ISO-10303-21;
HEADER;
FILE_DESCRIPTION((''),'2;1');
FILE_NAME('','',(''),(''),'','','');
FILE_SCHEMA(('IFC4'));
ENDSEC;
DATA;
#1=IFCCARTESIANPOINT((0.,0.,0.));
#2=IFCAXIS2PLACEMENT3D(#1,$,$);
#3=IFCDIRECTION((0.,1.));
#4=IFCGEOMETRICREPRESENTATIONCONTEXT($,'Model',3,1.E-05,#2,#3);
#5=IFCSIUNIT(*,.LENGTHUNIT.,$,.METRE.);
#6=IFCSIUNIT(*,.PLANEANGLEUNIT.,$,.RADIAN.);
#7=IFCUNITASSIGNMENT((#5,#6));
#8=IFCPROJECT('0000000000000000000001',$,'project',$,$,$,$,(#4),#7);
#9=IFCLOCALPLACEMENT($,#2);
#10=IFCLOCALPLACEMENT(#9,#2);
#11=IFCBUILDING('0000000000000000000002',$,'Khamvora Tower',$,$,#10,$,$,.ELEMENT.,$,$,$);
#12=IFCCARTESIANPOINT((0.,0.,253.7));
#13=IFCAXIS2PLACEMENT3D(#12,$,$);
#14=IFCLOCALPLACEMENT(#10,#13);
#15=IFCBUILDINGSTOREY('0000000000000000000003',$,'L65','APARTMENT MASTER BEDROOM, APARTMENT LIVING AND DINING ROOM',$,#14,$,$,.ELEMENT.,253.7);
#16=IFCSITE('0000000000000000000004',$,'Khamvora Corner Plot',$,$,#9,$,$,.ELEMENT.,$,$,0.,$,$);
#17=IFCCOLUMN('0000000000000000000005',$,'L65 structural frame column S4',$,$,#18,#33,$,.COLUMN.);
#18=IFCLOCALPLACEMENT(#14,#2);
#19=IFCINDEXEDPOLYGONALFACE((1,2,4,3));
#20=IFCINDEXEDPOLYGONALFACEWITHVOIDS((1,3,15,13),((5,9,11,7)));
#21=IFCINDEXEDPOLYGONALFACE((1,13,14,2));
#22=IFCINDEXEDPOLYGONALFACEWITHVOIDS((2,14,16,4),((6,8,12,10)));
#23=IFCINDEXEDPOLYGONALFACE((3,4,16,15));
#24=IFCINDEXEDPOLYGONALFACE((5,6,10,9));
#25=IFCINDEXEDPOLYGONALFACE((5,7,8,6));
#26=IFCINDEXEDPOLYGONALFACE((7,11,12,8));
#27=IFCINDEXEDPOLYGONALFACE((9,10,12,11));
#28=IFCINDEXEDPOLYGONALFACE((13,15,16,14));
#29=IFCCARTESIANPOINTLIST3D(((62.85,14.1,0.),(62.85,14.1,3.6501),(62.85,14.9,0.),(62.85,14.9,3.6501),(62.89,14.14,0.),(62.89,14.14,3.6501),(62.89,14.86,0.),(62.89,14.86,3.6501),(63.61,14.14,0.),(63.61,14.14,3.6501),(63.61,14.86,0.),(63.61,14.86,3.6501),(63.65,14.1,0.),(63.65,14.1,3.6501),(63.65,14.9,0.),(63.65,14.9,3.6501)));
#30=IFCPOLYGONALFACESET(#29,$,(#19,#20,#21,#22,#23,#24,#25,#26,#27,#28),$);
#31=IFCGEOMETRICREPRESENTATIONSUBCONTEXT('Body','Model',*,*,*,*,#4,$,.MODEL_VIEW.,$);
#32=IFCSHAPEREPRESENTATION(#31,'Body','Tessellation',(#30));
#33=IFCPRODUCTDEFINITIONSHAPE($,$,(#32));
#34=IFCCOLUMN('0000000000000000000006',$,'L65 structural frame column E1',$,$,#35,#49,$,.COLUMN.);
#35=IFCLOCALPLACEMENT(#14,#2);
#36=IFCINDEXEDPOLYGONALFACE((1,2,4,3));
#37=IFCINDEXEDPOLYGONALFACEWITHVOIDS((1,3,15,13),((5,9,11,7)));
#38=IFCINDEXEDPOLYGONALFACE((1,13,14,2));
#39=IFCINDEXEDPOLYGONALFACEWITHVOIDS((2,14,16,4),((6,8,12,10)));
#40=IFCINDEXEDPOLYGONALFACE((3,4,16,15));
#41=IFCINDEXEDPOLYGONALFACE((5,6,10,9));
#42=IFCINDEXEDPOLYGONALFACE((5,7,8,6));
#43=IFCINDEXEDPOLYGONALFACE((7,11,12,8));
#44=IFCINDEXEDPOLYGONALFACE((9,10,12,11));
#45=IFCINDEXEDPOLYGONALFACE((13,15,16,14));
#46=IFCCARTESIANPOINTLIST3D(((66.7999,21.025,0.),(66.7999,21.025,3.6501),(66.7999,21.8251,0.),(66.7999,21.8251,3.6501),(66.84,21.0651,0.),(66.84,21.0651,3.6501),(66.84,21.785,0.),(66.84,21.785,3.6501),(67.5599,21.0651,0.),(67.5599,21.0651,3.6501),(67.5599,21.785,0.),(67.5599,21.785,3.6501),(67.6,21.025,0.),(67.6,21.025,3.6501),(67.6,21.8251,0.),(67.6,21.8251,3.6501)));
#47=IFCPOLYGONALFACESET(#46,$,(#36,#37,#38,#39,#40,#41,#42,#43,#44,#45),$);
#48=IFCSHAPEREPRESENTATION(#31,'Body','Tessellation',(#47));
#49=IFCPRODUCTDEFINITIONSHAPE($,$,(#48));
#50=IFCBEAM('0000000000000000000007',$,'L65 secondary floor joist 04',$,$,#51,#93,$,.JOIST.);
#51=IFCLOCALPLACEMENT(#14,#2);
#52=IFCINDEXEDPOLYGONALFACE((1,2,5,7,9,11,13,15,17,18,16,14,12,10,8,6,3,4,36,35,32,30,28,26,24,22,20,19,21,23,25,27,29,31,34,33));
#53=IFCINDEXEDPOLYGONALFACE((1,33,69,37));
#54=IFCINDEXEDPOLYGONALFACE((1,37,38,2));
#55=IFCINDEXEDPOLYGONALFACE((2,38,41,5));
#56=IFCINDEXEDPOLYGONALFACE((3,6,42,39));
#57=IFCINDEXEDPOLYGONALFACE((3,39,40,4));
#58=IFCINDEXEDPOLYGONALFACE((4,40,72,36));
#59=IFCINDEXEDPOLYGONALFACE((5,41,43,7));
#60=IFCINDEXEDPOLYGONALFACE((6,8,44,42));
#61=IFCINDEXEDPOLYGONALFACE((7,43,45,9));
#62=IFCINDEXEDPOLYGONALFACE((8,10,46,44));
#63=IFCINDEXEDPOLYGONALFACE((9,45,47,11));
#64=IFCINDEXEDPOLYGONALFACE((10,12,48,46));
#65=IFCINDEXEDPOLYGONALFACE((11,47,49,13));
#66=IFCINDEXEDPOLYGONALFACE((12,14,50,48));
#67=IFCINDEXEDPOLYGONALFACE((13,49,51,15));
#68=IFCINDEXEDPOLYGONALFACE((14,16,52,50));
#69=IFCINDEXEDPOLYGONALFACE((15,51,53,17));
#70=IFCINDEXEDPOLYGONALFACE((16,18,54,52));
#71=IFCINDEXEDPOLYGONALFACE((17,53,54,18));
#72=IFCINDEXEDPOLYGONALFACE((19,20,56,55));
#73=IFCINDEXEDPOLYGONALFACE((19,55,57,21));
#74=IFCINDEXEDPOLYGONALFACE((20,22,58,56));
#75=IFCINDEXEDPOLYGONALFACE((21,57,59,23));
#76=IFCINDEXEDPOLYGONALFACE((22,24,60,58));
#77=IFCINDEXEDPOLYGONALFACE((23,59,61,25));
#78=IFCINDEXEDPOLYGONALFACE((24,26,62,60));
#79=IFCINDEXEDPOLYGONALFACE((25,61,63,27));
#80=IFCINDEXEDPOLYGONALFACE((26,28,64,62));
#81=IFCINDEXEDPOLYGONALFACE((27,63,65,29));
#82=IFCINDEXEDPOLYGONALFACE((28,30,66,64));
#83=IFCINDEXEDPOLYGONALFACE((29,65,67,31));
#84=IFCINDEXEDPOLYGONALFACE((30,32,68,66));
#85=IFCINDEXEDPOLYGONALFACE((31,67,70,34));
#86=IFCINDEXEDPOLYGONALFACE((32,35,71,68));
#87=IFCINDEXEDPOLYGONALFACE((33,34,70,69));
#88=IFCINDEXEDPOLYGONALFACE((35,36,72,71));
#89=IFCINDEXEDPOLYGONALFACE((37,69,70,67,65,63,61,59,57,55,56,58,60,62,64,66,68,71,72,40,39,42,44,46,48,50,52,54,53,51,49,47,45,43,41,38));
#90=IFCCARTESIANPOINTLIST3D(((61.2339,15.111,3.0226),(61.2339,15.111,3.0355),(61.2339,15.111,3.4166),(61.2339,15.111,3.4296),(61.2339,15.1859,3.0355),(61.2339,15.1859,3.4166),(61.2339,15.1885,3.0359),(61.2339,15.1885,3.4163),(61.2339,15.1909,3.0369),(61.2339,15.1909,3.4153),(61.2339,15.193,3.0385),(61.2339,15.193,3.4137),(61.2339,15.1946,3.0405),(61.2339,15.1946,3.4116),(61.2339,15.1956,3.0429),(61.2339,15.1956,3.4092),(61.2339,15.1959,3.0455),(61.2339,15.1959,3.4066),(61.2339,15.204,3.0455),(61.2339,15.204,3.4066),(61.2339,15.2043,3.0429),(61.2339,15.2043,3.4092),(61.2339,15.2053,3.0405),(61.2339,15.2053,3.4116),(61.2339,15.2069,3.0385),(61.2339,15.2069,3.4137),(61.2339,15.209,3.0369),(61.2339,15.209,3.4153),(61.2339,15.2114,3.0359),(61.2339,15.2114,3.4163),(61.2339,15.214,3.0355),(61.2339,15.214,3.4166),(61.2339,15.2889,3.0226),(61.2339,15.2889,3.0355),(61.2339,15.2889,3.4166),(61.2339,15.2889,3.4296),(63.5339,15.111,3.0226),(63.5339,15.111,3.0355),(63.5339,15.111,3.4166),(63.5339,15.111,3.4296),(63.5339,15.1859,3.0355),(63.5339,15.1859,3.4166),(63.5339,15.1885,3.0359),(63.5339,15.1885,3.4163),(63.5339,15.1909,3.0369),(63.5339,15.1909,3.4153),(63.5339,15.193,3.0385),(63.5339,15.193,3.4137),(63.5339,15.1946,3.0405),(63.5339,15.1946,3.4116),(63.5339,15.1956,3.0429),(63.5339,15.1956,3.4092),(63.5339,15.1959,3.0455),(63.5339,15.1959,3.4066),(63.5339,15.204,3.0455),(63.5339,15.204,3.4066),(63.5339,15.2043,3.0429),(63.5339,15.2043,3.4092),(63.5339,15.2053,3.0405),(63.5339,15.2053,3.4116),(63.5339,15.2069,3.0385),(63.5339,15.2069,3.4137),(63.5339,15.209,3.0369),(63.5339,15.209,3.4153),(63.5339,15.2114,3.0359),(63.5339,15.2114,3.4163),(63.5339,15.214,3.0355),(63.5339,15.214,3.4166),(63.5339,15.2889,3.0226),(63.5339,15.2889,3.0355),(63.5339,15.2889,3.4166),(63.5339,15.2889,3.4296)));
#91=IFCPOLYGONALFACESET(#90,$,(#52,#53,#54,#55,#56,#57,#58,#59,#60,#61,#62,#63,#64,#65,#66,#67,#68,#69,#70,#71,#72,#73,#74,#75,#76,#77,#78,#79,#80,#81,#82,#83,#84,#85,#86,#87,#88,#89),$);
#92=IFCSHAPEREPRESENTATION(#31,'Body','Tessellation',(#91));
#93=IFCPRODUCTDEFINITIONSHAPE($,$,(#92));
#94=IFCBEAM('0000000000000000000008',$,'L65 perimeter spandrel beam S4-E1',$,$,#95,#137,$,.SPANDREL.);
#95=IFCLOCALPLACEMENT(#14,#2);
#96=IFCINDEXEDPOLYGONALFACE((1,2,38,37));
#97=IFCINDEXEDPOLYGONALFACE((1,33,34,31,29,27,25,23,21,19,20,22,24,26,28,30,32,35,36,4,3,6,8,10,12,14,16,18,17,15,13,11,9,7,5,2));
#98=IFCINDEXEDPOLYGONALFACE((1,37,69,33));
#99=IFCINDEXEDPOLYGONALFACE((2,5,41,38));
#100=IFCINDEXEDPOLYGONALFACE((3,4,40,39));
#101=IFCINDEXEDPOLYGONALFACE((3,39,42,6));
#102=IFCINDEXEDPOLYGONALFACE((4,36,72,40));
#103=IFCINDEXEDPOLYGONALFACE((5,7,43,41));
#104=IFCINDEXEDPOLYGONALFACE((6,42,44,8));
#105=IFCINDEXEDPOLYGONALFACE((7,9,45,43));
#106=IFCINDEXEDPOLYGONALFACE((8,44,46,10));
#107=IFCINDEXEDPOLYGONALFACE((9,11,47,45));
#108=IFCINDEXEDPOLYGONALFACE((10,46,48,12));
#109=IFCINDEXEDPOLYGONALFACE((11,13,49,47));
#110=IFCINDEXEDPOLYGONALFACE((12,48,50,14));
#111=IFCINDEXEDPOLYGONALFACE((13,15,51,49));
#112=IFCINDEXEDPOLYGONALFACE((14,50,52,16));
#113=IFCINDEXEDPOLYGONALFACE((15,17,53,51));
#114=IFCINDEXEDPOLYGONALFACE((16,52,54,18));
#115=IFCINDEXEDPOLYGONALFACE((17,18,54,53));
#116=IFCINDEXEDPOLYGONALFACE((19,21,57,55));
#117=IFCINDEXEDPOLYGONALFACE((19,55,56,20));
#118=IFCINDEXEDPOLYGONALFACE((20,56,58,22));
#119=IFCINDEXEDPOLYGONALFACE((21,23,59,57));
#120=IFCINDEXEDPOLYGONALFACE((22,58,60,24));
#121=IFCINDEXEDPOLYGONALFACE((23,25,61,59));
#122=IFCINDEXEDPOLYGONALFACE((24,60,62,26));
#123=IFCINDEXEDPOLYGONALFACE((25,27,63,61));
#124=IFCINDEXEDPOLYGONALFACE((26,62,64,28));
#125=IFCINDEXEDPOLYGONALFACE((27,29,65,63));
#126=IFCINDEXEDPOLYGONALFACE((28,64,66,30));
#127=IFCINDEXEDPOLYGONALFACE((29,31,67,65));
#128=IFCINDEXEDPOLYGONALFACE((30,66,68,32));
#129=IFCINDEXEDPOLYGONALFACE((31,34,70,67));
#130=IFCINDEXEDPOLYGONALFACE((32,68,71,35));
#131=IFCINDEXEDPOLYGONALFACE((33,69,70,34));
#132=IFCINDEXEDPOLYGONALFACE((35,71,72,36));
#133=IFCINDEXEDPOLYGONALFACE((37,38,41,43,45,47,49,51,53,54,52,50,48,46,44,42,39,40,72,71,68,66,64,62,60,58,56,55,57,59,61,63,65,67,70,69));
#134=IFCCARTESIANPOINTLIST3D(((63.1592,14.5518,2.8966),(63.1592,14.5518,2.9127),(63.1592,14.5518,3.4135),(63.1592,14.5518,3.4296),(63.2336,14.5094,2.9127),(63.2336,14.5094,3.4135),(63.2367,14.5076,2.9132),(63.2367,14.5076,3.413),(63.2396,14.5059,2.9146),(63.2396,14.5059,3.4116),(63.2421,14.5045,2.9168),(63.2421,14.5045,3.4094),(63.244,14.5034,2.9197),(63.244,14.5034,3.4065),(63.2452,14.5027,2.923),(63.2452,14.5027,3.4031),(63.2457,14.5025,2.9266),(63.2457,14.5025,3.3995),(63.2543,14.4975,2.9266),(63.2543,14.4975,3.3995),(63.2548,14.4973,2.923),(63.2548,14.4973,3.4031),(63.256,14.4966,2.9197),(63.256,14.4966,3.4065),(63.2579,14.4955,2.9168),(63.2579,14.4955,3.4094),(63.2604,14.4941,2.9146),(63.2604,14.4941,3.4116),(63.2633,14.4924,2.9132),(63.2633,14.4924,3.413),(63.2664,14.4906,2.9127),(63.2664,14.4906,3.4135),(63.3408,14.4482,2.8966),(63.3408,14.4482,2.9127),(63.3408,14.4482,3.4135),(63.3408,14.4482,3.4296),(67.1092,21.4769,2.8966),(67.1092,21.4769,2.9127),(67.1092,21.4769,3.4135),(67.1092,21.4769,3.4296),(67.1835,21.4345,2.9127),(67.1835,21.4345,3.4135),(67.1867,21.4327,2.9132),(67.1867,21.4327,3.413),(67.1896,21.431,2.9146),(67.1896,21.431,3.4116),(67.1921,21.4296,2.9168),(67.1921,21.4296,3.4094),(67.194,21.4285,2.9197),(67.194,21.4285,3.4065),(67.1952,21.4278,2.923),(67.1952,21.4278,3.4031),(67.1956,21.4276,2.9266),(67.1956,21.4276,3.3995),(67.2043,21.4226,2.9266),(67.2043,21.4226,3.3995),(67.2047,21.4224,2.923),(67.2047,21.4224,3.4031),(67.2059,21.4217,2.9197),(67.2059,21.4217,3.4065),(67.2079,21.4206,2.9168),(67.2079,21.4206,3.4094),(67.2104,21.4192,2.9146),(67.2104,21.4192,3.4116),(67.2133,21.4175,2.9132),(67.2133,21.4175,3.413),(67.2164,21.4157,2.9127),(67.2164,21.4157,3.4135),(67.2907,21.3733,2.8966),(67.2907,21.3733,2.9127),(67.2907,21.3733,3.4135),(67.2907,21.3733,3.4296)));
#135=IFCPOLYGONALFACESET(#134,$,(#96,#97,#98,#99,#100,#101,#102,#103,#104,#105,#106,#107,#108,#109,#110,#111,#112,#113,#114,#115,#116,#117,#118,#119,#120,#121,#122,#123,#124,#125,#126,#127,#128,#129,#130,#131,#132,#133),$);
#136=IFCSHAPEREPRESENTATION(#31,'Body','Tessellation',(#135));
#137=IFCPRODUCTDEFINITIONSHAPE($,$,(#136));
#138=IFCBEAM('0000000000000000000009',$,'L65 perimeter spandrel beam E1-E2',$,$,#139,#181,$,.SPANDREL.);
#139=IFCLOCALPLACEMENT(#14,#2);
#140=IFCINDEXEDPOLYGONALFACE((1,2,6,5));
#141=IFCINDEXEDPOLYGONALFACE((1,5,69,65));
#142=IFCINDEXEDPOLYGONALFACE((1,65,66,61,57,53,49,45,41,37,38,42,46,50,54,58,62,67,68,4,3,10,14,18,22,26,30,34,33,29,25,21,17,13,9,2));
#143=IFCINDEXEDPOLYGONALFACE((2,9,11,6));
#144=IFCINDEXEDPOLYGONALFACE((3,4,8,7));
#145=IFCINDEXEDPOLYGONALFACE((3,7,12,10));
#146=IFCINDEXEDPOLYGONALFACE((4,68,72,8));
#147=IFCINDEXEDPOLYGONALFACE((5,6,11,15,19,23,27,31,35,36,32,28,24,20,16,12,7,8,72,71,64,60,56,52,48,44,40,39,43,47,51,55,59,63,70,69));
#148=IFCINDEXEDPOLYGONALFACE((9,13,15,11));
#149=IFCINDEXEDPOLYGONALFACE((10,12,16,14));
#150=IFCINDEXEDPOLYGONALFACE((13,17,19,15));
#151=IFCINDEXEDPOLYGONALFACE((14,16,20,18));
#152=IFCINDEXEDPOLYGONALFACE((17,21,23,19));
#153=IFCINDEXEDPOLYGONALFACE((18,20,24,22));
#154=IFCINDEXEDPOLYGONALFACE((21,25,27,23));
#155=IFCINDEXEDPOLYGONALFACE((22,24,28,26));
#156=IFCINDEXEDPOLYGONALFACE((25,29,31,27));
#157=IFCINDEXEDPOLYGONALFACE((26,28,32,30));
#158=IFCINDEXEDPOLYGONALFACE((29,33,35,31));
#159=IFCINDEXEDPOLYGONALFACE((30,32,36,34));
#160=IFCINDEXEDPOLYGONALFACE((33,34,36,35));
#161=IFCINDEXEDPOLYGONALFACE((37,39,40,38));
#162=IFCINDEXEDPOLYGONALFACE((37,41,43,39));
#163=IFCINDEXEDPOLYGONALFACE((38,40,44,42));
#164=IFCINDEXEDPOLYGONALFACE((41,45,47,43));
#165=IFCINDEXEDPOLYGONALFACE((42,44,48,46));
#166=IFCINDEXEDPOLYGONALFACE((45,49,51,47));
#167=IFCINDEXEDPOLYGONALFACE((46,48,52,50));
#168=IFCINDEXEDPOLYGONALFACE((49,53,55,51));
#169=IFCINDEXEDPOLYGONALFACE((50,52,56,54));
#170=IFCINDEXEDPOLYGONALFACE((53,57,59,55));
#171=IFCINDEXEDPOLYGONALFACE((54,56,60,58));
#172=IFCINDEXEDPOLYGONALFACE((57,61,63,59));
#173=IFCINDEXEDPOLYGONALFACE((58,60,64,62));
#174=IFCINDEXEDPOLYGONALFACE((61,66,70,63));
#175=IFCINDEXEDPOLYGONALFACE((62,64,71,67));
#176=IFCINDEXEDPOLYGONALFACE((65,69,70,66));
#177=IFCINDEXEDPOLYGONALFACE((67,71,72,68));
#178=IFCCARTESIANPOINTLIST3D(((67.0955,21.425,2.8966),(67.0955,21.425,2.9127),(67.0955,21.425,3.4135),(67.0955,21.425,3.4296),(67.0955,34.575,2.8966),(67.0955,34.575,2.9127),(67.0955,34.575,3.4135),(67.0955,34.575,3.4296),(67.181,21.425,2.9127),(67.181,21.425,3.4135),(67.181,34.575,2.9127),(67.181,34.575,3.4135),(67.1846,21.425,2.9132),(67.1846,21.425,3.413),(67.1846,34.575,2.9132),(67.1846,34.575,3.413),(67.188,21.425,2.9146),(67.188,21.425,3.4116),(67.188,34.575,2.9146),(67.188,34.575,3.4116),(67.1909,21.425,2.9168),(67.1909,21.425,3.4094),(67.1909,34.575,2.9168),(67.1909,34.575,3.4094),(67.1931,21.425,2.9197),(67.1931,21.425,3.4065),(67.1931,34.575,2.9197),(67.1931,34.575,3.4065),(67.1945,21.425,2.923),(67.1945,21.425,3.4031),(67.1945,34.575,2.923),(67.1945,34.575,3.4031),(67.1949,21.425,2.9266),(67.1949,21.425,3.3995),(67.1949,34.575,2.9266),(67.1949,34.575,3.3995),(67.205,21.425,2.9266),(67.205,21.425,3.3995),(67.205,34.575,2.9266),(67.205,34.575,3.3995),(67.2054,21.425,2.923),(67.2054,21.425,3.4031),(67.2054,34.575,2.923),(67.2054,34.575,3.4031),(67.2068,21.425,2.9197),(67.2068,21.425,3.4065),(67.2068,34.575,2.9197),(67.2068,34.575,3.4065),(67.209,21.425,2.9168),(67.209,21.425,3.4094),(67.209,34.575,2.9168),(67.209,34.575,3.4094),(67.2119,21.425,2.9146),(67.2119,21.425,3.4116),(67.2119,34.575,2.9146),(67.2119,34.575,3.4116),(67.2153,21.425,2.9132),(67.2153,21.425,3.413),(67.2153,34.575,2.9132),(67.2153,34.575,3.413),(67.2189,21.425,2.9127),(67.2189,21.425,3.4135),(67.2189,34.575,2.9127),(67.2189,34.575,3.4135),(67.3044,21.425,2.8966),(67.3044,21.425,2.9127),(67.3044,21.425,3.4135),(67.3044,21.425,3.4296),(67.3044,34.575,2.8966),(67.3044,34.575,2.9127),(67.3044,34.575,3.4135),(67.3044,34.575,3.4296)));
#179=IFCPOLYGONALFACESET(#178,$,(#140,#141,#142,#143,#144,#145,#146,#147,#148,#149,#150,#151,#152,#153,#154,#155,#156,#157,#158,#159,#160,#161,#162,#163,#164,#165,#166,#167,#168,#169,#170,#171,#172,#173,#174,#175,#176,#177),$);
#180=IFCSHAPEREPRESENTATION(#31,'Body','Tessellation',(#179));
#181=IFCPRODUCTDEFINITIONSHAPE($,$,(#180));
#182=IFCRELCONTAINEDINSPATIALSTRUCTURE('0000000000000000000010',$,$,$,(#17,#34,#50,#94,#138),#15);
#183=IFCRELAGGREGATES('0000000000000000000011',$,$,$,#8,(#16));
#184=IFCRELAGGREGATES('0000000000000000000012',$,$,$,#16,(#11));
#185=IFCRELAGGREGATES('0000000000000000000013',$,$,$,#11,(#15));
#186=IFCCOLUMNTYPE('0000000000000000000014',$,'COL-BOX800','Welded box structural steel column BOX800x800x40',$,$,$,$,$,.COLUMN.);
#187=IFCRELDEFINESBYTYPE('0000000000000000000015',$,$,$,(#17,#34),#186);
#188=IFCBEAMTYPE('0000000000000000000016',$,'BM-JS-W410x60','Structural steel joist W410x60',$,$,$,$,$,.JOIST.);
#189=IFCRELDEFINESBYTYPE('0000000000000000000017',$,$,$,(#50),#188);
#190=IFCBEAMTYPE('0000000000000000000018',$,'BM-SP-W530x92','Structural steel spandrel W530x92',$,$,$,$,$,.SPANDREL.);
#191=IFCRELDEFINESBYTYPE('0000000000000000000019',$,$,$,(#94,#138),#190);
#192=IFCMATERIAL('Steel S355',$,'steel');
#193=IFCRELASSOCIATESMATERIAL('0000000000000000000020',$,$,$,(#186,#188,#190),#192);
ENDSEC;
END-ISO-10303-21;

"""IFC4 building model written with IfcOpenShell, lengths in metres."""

from ifc_helpers import new_model, si_unit, direction, frame, origin, origin_2d, place, context, subcontext, project, spatial, hollow_rectangle, i_section, extrude, material, material_profile, profile_set, type_object, element, save


model = new_model("IFC4")

# Units and contexts
model_context = context("Model", 3, precision=1e-05, world=origin(), true_north=direction((0.0, 1.0)))
body_context = subcontext(model_context, "Body", "Model", "MODEL_VIEW")
ifc_project = project(units=[si_unit("LENGTHUNIT", "METRE"), si_unit("PLANEANGLEUNIT", "RADIAN")], contexts=[model_context])

# Site, building, storey
site_placement = place(None, origin())
site = spatial("IfcSite", under=ifc_project, at=site_placement, Name="Khamvora Corner Plot", CompositionType="ELEMENT", RefElevation=0.0)
building_placement = place(site_placement, origin())
building = spatial("IfcBuilding", under=site, at=building_placement, Name="Khamvora Tower", CompositionType="ELEMENT")
storey_placement = place(building_placement, frame((0.0, 0.0, 253.7)))
storey = spatial("IfcBuildingStorey", under=building, at=storey_placement, Name="L65", Description="APARTMENT MASTER BEDROOM, APARTMENT LIVING AND DINING ROOM", CompositionType="ELEMENT", Elevation=253.7)

# Columns
ifc_material_1 = material(Name="Steel S355", Category="steel")
ifc_material_profile_1 = material_profile(ifc_material_1, hollow_rectangle(XDim=0.8, YDim=0.8, WallThickness=0.04, at=origin_2d()), Name="BOX800x800x40")
ifc_profile_set_1 = profile_set([ifc_material_profile_1], Name="Steel S355")
column_type = type_object("IfcColumnType", Name="COL-BOX800", Description="Welded box structural steel column BOX800x800x40", PredefinedType="COLUMN", material=ifc_profile_set_1)
for number, where, z_axis, x_axis, name in (
    (1, (63.25, 14.5, 0.0), (0.0, 0.0, 1.0), (1.0, 0.0, 0.0), "L65 structural frame column S4"),
    (2, (67.2, 21.425, 0.0), (0.0, 0.0, 1.0), (1.0, 0.0, 0.0), "L65 structural frame column E1"),
):
    element("IfcColumn", number, at=place(storey_placement, frame(where, z_axis=z_axis, x_axis=x_axis)), inside=storey, type_object=column_type, Name=name, PredefinedType="COLUMN", context=body_context, shape_type="SweptSolid", body=[
        extrude(hollow_rectangle(XDim=0.8, YDim=0.8, WallThickness=0.04, at=origin_2d()), origin(), (0.0, 0.0, 1.0), 3.6501),
    ])

# Beams
ifc_material_profile_2 = material_profile(ifc_material_1, i_section(OverallWidth=0.178, OverallDepth=0.407, WebThickness=0.0081, FlangeThickness=0.0129, FilletRadius=0.01, at=origin_2d()), Name="W410x60")
ifc_profile_set_2 = profile_set([ifc_material_profile_2], Name="Steel S355")
beam_type_1 = type_object("IfcBeamType", Name="BM-JS-W410x60", Description="Structural steel joist W410x60", PredefinedType="JOIST", material=ifc_profile_set_2)
beam_1_placement = place(storey_placement, frame((61.2339, 15.2, 3.2261), z_axis=(1.0, 0.0, 0.0), x_axis=(0.0, 1.0, 0.0)))
element("IfcBeam", 3, at=beam_1_placement, inside=storey, type_object=beam_type_1, Name="L65 secondary floor joist 04", PredefinedType="JOIST", context=body_context, shape_type="SweptSolid", body=[
    extrude(i_section(OverallWidth=0.178, OverallDepth=0.407, WebThickness=0.0081, FlangeThickness=0.0129, FilletRadius=0.01, at=origin_2d()), origin(), (0.0, 0.0, 1.0), 2.3),
])
ifc_material_profile_3 = material_profile(ifc_material_1, i_section(OverallWidth=0.209, OverallDepth=0.533, WebThickness=0.01, FlangeThickness=0.0161, FilletRadius=0.0139, at=origin_2d()), Name="W530x92")
ifc_profile_set_3 = profile_set([ifc_material_profile_3], Name="Steel S355")
beam_type_2 = type_object("IfcBeamType", Name="BM-SP-W530x92", Description="Structural steel spandrel W530x92", PredefinedType="SPANDREL", material=ifc_profile_set_3)
beam_2_placement = place(storey_placement, frame((63.25, 14.5, 3.1631), z_axis=(0.495456, 0.868633, 0.0), x_axis=(-0.868633, 0.495456, 0.0)))
element("IfcBeam", 4, at=beam_2_placement, inside=storey, type_object=beam_type_2, Name="L65 perimeter spandrel beam S4-E1", PredefinedType="SPANDREL", context=body_context, shape_type="SweptSolid", body=[
    extrude(i_section(OverallWidth=0.209, OverallDepth=0.533, WebThickness=0.01, FlangeThickness=0.0161, FilletRadius=0.0139, at=origin_2d()), origin(), (0.0, 0.0, 1.0), 7.9724),
])
beam_3_placement = place(storey_placement, frame((67.2, 21.425, 3.1631), z_axis=(0.0, 1.0, 0.0), x_axis=(-1.0, 0.0, 0.0)))
element("IfcBeam", 5, at=beam_3_placement, inside=storey, type_object=beam_type_2, Name="L65 perimeter spandrel beam E1-E2", PredefinedType="SPANDREL", context=body_context, shape_type="SweptSolid", body=[
    extrude(i_section(OverallWidth=0.209, OverallDepth=0.533, WebThickness=0.01, FlangeThickness=0.0161, FilletRadius=0.0139, at=origin_2d()), origin(), (0.0, 0.0, 1.0), 13.1499),
])

save(model, "model.ifc")
